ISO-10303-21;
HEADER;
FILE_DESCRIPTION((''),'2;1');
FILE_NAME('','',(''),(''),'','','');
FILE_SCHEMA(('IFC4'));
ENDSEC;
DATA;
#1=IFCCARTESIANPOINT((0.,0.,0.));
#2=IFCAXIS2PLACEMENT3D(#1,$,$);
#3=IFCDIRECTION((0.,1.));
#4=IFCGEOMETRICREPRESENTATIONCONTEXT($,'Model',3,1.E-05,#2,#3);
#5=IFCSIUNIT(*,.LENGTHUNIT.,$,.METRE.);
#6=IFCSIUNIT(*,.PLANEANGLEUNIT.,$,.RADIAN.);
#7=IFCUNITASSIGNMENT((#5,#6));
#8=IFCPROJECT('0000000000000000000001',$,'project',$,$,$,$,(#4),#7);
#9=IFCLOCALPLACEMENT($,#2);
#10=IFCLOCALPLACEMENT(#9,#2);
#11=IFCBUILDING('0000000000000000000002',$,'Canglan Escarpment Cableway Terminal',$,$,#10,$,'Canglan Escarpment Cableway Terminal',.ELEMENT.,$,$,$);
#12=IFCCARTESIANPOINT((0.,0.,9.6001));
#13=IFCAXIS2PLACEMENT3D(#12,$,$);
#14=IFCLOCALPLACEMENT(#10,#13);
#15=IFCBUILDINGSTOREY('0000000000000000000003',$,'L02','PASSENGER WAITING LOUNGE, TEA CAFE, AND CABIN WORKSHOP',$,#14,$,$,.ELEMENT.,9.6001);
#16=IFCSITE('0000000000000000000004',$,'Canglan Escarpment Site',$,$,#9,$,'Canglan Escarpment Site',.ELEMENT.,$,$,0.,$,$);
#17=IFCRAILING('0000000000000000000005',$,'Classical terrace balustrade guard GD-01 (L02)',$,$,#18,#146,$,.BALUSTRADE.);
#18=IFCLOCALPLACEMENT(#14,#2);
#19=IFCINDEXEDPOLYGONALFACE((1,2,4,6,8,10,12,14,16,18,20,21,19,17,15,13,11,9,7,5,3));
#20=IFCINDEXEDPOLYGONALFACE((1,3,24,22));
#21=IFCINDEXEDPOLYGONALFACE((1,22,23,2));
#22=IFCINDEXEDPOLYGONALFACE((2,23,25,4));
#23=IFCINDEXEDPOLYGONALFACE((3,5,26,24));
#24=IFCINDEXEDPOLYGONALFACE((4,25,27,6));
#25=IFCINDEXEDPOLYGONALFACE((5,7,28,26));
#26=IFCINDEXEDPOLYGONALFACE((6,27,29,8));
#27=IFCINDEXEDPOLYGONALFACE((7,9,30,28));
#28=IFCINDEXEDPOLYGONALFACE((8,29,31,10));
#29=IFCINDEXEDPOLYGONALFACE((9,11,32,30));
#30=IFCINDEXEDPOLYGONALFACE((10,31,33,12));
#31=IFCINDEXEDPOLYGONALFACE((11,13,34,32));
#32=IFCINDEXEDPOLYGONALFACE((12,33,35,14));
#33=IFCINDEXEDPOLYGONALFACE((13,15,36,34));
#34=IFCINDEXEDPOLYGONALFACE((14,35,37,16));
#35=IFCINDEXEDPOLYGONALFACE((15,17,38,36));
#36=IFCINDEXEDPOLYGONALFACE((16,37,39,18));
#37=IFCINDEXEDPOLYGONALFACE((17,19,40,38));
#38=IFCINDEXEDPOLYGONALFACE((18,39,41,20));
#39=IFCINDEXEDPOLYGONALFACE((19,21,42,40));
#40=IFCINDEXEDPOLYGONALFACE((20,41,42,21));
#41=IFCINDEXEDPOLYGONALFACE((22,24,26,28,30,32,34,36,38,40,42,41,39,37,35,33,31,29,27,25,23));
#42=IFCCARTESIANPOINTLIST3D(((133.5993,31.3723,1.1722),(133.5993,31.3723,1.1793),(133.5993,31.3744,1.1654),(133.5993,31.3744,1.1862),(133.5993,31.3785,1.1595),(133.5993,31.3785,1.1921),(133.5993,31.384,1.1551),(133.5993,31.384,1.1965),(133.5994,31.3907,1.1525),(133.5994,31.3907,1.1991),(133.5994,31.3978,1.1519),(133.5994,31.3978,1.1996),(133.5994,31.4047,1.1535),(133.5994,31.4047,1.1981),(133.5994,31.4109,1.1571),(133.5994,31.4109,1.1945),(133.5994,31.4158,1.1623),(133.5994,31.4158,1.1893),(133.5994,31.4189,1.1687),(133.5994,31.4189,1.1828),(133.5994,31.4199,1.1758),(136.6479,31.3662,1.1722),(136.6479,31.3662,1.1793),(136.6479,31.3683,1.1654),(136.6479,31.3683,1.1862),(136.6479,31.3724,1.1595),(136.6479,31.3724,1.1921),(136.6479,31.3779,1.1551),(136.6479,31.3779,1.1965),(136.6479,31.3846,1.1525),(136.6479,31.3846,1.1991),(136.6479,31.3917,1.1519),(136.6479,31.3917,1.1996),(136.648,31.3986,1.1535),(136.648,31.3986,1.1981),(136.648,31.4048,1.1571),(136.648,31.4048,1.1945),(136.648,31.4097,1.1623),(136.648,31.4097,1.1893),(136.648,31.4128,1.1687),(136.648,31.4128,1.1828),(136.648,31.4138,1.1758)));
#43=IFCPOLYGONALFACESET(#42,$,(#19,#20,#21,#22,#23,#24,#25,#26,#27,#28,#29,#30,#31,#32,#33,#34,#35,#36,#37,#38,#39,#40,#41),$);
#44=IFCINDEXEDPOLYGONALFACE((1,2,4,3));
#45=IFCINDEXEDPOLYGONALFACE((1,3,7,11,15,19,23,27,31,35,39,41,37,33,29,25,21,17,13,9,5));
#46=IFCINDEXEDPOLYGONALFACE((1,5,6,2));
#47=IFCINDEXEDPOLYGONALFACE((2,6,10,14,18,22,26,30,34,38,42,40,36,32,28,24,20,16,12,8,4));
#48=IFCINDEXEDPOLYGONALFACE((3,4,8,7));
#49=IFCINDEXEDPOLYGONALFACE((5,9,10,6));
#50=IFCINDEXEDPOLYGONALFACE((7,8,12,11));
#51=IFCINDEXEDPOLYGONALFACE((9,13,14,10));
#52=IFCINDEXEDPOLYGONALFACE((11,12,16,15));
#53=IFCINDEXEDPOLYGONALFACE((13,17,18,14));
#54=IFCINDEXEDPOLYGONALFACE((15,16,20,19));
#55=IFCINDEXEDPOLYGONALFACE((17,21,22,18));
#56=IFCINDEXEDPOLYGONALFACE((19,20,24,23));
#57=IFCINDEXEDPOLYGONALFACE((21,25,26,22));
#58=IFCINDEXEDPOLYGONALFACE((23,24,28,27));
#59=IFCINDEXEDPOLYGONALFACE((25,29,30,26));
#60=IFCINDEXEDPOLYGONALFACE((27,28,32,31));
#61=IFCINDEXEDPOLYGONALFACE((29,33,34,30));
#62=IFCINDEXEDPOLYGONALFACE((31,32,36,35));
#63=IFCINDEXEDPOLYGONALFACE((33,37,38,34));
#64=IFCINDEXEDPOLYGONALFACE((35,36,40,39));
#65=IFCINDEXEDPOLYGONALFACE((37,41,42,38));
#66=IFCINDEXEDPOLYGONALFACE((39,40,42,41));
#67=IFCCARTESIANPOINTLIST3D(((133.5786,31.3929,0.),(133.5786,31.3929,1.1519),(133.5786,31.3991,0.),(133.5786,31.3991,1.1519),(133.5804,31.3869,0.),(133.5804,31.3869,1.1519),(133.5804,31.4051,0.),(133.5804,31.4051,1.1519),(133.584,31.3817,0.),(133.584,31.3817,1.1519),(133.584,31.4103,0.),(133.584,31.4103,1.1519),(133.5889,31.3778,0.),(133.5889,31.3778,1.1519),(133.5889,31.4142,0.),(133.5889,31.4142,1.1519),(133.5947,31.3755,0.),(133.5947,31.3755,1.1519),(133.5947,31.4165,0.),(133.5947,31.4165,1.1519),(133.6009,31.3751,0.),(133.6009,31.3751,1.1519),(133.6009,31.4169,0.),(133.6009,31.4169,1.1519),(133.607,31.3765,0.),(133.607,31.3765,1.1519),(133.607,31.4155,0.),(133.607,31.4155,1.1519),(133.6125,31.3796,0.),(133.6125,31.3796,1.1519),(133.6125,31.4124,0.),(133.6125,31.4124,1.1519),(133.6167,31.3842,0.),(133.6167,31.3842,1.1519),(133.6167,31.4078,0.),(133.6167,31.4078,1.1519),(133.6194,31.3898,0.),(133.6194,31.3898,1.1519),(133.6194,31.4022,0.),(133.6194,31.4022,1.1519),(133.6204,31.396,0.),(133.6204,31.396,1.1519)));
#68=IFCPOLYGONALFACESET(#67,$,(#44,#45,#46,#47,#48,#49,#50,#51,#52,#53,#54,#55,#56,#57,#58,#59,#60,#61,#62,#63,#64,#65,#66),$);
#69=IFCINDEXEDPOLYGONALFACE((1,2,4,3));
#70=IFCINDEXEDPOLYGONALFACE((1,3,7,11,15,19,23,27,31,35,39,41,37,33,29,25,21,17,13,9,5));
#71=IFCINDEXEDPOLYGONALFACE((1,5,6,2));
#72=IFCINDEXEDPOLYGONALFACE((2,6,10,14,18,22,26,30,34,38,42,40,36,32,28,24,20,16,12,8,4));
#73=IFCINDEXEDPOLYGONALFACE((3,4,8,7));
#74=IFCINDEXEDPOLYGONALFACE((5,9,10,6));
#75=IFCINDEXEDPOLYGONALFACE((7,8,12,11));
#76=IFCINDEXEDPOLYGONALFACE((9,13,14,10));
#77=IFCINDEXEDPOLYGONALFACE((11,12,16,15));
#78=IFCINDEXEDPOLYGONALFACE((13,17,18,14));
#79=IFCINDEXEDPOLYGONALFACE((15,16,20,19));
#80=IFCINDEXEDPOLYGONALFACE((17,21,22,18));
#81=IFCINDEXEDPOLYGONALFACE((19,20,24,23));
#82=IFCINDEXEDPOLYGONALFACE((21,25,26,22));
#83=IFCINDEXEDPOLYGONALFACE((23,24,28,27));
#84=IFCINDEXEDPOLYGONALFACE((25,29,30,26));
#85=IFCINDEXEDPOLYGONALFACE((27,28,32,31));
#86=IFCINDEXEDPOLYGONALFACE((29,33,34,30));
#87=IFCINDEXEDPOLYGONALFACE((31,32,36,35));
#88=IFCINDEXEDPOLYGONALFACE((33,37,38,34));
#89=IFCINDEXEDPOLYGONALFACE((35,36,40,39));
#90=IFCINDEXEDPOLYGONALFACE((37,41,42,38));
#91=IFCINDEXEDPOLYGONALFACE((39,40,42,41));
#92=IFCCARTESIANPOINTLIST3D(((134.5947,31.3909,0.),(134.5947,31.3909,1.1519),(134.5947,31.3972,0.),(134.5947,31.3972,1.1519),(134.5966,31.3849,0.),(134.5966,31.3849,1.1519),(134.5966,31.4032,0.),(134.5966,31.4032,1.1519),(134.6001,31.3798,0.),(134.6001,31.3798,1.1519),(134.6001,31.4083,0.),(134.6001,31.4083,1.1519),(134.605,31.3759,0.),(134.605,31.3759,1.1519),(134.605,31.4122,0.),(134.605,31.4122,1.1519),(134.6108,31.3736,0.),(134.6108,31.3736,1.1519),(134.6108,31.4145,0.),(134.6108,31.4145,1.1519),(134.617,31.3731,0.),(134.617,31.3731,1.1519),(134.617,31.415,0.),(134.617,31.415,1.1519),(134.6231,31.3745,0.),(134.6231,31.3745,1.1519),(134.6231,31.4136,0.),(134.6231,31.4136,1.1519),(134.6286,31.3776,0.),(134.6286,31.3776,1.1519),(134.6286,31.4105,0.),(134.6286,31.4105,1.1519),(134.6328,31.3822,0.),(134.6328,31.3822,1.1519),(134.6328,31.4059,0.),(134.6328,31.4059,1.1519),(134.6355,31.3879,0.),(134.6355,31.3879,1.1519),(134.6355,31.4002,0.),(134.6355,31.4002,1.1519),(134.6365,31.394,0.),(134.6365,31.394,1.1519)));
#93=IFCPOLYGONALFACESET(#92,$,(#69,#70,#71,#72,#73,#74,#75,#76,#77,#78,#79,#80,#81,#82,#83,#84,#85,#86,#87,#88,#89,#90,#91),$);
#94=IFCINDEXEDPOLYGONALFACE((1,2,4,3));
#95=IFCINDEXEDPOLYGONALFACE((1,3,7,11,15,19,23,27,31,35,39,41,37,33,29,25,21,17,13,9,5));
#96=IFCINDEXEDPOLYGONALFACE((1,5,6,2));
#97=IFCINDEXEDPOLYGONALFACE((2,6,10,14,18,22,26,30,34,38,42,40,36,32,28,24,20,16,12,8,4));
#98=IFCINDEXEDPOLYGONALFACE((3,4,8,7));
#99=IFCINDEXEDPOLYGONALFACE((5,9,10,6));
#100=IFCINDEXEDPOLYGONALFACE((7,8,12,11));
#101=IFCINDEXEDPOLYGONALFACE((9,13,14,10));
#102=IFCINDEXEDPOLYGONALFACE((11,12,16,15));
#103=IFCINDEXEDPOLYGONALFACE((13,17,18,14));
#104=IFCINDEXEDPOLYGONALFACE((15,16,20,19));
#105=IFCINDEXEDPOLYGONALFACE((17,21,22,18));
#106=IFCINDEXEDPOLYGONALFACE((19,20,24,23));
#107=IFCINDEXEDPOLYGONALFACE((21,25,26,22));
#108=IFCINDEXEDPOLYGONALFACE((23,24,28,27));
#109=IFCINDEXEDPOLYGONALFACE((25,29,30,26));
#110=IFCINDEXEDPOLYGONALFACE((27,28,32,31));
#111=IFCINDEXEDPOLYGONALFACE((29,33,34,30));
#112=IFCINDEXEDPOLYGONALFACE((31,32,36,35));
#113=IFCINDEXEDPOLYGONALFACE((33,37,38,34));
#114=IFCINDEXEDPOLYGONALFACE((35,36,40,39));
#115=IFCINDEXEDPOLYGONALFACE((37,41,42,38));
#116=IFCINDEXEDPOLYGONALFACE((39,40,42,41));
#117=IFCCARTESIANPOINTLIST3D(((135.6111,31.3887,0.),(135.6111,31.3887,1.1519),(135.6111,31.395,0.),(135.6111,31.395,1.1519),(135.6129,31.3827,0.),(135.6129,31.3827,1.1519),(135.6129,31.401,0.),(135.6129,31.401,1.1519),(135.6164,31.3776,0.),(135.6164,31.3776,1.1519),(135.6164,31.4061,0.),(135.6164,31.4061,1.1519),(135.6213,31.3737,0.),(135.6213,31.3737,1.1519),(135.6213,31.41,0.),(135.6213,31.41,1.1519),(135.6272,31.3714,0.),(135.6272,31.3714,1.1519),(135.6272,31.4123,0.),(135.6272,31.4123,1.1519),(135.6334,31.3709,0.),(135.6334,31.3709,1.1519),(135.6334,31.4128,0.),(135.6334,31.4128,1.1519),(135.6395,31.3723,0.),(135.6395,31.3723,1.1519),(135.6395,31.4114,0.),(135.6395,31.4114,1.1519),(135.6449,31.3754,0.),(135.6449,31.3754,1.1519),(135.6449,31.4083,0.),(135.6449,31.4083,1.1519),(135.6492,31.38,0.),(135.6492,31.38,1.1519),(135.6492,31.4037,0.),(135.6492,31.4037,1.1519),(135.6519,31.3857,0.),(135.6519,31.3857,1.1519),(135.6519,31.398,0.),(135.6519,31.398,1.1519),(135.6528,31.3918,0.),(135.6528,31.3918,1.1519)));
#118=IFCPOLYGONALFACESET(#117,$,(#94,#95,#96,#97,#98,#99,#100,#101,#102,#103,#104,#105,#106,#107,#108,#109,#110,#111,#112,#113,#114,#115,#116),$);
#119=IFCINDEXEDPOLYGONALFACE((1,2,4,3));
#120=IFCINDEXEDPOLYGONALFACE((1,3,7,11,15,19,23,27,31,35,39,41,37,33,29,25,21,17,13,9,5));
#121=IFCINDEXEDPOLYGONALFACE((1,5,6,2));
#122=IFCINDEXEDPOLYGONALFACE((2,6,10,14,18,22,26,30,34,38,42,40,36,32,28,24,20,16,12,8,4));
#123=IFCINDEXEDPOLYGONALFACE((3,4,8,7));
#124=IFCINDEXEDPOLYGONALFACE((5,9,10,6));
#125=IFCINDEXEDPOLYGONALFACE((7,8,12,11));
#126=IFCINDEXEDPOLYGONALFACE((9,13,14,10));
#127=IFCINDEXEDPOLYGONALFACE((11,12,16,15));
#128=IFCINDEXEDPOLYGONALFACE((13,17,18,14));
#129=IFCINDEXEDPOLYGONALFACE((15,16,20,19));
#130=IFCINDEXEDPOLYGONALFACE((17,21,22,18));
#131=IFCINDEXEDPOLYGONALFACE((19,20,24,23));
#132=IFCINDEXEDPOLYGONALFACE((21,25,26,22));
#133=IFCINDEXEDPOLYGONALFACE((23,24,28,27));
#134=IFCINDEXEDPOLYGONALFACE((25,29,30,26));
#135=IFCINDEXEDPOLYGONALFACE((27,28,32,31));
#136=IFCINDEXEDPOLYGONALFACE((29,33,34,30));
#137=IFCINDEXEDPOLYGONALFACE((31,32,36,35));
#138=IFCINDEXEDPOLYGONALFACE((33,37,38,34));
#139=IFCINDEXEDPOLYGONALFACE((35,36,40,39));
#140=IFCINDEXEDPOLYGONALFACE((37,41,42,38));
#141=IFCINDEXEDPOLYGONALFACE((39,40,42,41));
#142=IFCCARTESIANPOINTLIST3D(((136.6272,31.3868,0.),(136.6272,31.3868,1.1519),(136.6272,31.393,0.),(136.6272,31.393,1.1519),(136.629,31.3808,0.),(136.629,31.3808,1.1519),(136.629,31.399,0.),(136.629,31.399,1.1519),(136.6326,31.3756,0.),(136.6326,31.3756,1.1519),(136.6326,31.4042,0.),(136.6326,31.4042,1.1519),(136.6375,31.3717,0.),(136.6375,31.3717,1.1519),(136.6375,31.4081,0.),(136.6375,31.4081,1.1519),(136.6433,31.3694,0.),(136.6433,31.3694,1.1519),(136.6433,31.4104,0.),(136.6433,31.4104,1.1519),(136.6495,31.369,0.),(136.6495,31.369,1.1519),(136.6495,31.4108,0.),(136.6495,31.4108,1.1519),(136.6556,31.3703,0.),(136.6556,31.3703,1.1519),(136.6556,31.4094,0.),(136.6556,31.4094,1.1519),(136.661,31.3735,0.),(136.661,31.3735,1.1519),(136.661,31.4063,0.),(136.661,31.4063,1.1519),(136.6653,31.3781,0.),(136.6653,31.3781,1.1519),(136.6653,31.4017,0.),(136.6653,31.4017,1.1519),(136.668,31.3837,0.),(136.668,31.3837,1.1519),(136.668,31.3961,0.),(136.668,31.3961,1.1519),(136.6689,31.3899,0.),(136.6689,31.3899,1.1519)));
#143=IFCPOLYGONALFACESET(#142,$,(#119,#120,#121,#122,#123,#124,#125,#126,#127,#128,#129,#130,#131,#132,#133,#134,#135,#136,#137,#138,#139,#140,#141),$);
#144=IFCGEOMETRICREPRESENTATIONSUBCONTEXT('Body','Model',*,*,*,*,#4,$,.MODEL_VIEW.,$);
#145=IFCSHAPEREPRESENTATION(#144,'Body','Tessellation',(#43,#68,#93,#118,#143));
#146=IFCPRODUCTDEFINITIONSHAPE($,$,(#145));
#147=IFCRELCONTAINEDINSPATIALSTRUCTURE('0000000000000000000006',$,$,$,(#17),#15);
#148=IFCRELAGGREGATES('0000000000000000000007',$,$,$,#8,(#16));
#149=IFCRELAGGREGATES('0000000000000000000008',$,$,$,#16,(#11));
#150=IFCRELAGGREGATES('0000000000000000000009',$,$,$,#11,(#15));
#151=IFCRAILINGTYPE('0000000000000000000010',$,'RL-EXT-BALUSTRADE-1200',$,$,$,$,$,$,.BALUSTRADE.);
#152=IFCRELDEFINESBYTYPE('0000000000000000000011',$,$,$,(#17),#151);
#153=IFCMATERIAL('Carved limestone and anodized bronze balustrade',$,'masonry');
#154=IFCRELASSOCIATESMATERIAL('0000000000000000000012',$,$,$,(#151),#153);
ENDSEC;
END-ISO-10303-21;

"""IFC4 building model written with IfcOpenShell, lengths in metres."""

from ifc_helpers import new_model, si_unit, direction, frame, origin, origin_2d, place, context, subcontext, project, spatial, circle, extrude, material, type_object, element, save


model = new_model("IFC4")

# Units and contexts
model_context = context("Model", 3, precision=1e-05, world=origin(), true_north=direction((0.0, 1.0)))
body_context = subcontext(model_context, "Body", "Model", "MODEL_VIEW")
ifc_project = project(units=[si_unit("LENGTHUNIT", "METRE"), si_unit("PLANEANGLEUNIT", "RADIAN")], contexts=[model_context])

# Site, building, storey
site_placement = place(None, origin())
site = spatial("IfcSite", under=ifc_project, at=site_placement, Name="Canglan Escarpment Site", LongName="Canglan Escarpment Site", CompositionType="ELEMENT", RefElevation=0.0)
building_placement = place(site_placement, origin())
building = spatial("IfcBuilding", under=site, at=building_placement, Name="Canglan Escarpment Cableway Terminal", LongName="Canglan Escarpment Cableway Terminal", CompositionType="ELEMENT")
storey_placement = place(building_placement, frame((0.0, 0.0, 9.6001)))
storey = spatial("IfcBuildingStorey", under=building, at=storey_placement, Name="L02", Description="PASSENGER WAITING LOUNGE, TEA CAFE, AND CABIN WORKSHOP", CompositionType="ELEMENT", Elevation=9.6001)

# Railing
ifc_material_1 = material(Name="Carved limestone and anodized bronze balustrade", Category="masonry")
railing_type = type_object("IfcRailingType", Name="RL-EXT-BALUSTRADE-1200", PredefinedType="BALUSTRADE", material=ifc_material_1)
railing_1_placement = place(storey_placement, frame((133.5994, 31.396, 0.0)))
element("IfcRailing", 1, at=railing_1_placement, inside=storey, type_object=railing_type, Name="Classical terrace balustrade guard GD-01 (L02)", PredefinedType="BALUSTRADE", context=body_context, shape_type="SweptSolid", body=[
    extrude(circle(Radius=0.0239, at=origin_2d()), frame((0.0, 0.0, 1.1758), z_axis=(0.999998, -0.002002, 0.0), x_axis=(0.002002, 0.999998, 0.0)), (0.0, 0.0, 1.0), 3.0486),
    extrude(circle(Radius=0.021, at=origin_2d()), origin(), (0.0, 0.0, 1.0), 1.1519),
    extrude(circle(Radius=0.021, at=origin_2d()), frame((1.0161, -0.002, 0.0)), (0.0, 0.0, 1.0), 1.1519),
    extrude(circle(Radius=0.021, at=origin_2d()), frame((2.0325, -0.0042, 0.0)), (0.0, 0.0, 1.0), 1.1519),
    extrude(circle(Radius=0.021, at=origin_2d()), frame((3.0486, -0.0061, 0.0)), (0.0, 0.0, 1.0), 1.1519),
])

save(model, "model.ifc")
